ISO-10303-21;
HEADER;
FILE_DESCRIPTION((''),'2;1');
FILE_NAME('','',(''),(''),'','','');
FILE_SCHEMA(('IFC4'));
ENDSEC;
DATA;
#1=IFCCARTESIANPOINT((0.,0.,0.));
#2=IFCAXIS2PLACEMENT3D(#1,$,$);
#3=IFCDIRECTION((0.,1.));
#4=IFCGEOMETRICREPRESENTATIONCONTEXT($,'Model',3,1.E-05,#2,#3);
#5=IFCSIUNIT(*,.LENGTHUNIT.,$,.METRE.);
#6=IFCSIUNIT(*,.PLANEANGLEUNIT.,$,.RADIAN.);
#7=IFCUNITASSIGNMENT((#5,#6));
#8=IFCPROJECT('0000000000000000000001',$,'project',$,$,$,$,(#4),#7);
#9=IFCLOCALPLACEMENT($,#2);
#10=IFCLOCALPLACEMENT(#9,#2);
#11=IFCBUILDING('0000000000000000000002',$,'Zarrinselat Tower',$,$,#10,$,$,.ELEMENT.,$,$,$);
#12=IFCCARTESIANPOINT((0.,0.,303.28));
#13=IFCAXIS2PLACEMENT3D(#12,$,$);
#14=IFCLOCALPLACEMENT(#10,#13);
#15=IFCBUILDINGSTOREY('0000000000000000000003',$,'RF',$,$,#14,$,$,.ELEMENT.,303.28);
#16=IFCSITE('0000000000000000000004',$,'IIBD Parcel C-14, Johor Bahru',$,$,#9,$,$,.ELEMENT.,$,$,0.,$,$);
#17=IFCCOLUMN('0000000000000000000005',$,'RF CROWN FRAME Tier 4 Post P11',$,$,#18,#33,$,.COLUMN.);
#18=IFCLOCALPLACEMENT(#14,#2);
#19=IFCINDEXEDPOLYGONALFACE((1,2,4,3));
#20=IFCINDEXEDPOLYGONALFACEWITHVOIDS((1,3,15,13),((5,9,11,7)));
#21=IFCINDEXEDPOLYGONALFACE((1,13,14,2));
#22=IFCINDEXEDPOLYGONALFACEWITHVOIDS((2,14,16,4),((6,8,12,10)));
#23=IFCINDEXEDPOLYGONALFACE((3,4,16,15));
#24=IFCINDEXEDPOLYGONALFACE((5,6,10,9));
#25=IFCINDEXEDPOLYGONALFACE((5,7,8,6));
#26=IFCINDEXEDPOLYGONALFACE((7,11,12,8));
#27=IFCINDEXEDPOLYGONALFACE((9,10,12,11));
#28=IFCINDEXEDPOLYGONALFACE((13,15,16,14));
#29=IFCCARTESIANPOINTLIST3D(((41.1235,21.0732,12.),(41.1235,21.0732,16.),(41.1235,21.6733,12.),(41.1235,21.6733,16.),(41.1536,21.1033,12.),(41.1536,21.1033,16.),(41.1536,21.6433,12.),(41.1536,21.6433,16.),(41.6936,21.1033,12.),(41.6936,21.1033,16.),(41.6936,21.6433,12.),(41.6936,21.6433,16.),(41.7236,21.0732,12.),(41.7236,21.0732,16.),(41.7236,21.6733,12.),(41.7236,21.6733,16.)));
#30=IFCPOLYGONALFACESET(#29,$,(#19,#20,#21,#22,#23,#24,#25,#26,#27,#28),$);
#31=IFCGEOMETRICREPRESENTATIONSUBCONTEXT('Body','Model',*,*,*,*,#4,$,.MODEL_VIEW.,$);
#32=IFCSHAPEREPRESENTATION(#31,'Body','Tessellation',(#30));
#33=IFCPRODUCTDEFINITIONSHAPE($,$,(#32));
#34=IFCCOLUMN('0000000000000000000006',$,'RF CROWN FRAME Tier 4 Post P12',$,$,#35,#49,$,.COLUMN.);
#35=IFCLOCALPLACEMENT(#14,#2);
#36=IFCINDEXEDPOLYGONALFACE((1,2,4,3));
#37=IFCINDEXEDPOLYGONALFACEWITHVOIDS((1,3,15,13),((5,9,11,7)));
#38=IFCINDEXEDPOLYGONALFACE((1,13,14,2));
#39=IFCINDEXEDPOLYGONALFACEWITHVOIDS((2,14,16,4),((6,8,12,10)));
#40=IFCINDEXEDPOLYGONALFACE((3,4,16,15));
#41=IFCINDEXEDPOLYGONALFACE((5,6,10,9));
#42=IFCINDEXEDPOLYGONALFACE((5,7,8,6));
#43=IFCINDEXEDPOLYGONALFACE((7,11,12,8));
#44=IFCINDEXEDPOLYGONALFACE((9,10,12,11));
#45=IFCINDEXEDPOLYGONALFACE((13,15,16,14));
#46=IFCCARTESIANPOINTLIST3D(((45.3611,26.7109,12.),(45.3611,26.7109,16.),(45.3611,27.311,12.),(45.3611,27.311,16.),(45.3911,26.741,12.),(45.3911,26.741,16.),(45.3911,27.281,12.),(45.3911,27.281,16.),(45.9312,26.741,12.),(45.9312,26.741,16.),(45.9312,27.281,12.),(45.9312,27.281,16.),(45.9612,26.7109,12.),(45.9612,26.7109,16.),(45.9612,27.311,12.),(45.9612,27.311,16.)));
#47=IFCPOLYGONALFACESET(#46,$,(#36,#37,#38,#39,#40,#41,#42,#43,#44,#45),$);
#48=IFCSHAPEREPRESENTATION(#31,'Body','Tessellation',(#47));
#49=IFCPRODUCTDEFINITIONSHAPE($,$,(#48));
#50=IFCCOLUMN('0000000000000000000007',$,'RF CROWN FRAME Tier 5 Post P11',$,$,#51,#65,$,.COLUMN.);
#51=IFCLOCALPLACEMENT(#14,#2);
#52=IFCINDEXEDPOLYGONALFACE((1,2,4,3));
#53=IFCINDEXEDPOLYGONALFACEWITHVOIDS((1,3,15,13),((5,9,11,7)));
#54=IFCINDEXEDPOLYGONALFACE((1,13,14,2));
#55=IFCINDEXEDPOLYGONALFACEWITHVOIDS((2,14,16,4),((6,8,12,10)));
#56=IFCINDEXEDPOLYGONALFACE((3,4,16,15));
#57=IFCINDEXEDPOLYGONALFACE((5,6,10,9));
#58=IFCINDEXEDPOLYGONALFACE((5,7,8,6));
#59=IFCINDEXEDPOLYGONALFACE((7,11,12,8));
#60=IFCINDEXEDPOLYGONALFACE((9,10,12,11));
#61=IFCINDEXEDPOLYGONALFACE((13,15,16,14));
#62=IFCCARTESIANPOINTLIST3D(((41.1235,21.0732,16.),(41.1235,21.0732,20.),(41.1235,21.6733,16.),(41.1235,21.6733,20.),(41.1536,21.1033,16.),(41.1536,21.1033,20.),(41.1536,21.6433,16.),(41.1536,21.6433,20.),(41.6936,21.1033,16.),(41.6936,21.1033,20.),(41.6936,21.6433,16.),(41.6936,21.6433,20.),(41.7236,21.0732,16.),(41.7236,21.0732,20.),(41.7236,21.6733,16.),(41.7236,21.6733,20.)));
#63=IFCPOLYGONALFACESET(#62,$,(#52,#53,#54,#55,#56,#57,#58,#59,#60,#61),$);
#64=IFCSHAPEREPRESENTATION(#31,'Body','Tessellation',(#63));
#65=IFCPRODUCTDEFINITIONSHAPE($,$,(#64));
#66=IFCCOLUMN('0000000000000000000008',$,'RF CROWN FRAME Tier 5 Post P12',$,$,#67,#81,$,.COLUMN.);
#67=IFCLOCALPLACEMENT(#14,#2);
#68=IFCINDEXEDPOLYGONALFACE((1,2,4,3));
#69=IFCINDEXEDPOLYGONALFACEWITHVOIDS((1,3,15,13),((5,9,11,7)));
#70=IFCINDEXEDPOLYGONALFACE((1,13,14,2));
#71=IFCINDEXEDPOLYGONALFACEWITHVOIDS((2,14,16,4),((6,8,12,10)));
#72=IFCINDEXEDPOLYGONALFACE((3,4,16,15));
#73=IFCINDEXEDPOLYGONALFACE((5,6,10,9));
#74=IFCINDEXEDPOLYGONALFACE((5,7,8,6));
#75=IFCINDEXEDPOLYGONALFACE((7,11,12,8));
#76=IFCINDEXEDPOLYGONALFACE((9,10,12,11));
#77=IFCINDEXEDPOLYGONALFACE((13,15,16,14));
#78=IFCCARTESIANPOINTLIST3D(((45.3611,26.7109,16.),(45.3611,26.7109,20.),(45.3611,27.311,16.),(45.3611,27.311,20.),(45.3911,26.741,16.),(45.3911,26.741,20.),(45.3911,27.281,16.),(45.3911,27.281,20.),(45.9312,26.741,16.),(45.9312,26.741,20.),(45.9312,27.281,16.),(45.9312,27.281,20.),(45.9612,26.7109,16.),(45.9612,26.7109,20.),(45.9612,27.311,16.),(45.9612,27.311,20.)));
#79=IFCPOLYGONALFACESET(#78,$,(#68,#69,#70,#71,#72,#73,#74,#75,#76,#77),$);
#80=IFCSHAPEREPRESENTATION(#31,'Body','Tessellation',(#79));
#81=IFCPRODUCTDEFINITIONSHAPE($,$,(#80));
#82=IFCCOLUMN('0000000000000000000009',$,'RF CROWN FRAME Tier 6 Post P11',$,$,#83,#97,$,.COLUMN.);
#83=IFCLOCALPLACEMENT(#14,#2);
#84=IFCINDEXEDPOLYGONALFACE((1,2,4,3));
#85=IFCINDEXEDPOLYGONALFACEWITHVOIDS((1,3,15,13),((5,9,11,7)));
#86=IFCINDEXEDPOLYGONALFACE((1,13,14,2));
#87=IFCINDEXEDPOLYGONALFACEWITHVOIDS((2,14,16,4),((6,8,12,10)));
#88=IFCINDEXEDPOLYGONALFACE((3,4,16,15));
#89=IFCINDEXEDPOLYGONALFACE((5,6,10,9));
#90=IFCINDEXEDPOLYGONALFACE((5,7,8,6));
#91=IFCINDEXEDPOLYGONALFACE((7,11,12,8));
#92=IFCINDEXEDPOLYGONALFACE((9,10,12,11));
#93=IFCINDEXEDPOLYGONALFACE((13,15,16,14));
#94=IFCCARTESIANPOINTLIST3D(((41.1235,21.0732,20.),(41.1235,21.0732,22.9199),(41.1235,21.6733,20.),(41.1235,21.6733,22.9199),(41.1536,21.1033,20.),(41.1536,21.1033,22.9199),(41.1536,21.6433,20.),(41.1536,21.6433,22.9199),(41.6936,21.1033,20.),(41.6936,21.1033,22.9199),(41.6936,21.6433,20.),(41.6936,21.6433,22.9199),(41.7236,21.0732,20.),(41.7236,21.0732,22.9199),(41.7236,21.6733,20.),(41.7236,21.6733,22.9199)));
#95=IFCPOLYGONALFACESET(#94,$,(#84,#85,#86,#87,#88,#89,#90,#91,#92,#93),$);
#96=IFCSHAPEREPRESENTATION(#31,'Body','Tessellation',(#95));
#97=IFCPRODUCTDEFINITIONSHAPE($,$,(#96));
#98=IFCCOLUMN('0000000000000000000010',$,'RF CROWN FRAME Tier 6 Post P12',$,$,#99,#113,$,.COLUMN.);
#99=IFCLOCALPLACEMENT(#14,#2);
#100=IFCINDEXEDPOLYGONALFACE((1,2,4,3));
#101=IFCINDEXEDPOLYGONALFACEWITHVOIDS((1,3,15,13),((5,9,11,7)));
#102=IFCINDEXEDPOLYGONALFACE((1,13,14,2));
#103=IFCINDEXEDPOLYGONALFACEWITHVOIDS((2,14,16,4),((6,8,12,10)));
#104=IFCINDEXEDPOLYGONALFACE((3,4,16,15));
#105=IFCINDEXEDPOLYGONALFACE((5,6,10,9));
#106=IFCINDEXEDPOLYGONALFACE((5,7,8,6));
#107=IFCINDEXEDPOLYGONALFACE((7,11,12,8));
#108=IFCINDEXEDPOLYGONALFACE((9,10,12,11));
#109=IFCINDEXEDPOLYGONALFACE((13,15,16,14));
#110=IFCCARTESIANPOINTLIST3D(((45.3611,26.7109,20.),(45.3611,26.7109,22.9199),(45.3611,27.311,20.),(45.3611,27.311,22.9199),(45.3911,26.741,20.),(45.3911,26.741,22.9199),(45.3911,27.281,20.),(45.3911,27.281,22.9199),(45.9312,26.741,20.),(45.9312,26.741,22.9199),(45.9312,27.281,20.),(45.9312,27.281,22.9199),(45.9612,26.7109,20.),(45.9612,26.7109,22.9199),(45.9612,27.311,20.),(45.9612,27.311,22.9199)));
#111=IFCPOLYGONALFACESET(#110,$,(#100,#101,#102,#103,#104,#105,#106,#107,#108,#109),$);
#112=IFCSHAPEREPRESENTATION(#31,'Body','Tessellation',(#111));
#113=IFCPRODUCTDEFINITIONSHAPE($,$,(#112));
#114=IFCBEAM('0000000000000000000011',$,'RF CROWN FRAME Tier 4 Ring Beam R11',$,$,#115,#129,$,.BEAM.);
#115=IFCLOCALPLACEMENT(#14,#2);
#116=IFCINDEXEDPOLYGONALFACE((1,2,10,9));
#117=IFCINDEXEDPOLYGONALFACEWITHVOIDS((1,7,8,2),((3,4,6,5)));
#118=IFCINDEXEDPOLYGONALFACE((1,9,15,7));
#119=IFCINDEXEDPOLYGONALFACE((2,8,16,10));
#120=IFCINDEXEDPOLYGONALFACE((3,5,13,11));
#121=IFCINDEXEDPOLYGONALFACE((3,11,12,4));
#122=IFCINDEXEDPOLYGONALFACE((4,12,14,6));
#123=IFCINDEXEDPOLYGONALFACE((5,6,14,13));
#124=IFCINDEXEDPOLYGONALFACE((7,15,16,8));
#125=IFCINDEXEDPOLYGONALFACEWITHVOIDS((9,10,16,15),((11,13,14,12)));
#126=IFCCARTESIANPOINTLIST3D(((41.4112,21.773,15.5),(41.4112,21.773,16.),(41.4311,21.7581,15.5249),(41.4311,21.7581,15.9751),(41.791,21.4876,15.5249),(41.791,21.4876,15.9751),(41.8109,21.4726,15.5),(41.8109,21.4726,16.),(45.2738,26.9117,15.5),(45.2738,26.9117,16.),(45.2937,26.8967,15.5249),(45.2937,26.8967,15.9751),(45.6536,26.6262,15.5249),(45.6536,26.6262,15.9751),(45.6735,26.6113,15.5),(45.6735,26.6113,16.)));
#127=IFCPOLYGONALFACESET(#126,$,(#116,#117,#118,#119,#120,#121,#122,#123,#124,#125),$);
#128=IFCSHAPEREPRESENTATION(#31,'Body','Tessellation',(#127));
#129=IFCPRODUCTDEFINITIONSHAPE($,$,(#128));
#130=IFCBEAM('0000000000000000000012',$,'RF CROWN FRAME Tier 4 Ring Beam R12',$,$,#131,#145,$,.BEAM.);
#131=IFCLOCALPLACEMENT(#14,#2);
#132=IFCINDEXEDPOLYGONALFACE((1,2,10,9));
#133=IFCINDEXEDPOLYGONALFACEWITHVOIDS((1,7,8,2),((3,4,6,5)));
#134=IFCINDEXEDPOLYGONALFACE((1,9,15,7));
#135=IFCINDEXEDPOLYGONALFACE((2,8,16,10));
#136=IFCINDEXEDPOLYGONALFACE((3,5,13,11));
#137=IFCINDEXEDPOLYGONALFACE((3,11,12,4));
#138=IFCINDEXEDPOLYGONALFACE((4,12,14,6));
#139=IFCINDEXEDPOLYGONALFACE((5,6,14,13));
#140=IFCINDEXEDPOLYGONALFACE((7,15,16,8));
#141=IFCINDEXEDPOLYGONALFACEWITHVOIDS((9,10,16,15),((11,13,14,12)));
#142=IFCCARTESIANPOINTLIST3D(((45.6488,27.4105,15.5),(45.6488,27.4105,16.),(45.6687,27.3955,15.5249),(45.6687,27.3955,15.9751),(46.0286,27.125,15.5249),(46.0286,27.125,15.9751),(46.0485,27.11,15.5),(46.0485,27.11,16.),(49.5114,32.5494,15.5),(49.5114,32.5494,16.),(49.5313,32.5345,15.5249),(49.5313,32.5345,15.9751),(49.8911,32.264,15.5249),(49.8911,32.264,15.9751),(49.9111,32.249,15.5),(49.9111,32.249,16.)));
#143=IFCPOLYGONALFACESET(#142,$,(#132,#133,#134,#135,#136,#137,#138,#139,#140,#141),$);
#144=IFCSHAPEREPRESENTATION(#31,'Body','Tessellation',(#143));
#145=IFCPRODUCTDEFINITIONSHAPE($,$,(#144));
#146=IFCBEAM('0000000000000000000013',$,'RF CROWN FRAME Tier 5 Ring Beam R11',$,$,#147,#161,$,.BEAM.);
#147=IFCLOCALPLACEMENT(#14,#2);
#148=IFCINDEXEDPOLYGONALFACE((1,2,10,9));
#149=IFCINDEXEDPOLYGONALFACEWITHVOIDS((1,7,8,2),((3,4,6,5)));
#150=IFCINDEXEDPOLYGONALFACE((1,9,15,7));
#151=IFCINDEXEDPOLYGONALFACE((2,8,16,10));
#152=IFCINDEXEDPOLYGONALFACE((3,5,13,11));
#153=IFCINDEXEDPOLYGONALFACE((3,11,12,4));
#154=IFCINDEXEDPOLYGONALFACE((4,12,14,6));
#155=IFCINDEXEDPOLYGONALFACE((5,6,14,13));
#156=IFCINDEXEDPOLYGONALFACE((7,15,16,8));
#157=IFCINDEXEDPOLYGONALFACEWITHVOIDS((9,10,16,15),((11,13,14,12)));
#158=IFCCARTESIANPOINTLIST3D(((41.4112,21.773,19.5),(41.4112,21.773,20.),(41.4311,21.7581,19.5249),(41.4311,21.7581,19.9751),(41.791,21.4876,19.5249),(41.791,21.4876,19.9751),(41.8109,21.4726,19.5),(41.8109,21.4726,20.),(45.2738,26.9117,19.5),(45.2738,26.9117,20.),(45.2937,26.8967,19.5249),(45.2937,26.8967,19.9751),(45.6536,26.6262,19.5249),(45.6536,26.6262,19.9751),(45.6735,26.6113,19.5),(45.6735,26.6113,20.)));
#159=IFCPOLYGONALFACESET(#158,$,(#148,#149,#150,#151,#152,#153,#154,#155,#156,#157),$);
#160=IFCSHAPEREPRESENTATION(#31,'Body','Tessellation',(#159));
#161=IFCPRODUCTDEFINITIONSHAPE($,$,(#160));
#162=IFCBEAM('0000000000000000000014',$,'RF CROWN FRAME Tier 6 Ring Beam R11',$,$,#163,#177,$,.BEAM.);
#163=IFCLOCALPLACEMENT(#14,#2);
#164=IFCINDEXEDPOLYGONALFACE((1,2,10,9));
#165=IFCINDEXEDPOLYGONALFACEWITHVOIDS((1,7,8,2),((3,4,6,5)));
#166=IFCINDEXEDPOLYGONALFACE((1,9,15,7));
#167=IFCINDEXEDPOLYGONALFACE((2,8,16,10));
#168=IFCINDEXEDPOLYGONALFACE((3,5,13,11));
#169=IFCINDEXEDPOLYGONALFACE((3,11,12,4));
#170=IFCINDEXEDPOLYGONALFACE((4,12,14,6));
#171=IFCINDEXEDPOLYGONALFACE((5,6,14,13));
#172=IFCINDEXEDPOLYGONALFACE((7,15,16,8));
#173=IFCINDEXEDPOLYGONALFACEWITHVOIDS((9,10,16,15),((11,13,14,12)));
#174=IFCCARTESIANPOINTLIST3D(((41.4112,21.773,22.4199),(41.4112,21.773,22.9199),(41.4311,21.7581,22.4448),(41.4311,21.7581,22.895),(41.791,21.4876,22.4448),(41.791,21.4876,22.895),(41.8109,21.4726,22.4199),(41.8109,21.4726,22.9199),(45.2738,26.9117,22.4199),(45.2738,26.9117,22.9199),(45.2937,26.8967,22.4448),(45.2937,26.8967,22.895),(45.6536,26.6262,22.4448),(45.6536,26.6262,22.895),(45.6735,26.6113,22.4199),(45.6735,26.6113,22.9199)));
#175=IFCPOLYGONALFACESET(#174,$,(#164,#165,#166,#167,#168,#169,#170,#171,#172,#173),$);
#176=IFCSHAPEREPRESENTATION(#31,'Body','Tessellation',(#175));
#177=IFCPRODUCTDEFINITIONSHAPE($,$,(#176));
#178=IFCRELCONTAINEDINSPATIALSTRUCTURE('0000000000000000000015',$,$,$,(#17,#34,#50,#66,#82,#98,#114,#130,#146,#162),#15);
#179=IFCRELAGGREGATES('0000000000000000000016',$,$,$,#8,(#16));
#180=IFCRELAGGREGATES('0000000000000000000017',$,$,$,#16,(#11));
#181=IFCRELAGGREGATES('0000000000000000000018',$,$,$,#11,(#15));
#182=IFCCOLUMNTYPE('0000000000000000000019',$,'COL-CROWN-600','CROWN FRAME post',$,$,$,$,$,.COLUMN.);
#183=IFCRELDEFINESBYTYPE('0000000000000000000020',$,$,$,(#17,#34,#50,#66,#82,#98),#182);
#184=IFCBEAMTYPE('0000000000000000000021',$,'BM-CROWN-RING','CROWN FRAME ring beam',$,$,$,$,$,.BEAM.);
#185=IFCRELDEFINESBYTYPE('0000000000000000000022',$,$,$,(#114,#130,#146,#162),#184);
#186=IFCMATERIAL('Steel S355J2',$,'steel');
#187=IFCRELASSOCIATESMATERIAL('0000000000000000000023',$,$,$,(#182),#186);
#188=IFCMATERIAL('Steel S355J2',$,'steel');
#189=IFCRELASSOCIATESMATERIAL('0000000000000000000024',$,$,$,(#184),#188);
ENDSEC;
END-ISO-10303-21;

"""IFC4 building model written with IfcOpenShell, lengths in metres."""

from ifc_helpers import new_model, si_unit, direction, frame, origin, origin_2d, place, context, subcontext, project, spatial, hollow_rectangle, extrude, material, material_profile, profile_set, type_object, element, save


model = new_model("IFC4")

# Units and contexts
model_context = context("Model", 3, precision=1e-05, world=origin(), true_north=direction((0.0, 1.0)))
body_context = subcontext(model_context, "Body", "Model", "MODEL_VIEW")
ifc_project = project(units=[si_unit("LENGTHUNIT", "METRE"), si_unit("PLANEANGLEUNIT", "RADIAN")], contexts=[model_context])

# Site, building, storey
site_placement = place(None, origin())
site = spatial("IfcSite", under=ifc_project, at=site_placement, Name="IIBD Parcel C-14, Johor Bahru", CompositionType="ELEMENT", RefElevation=0.0)
building_placement = place(site_placement, origin())
building = spatial("IfcBuilding", under=site, at=building_placement, Name="Zarrinselat Tower", CompositionType="ELEMENT")
storey_placement = place(building_placement, frame((0.0, 0.0, 303.28)))
storey = spatial("IfcBuildingStorey", under=building, at=storey_placement, Name="RF", CompositionType="ELEMENT", Elevation=303.28)

# Columns
ifc_material_1 = material(Name="Steel S355J2", Category="steel")
ifc_material_profile_1 = material_profile(ifc_material_1, hollow_rectangle(XDim=0.6001, YDim=0.6001, WallThickness=0.03, at=origin_2d()), Name="SHS 600x600x30")
ifc_profile_set_1 = profile_set([ifc_material_profile_1], Name="Steel S355J2")
column_type = type_object("IfcColumnType", Name="COL-CROWN-600", Description="CROWN FRAME post", PredefinedType="COLUMN", material=ifc_profile_set_1)
for number, where, z_axis, x_axis, name in (
    (1, (41.4236, 21.3733, 12.0), (0.0, 0.0, 1.0), (1.0, 0.0, 0.0), "RF CROWN FRAME Tier 4 Post P11"),
    (2, (45.6611, 27.011, 12.0), (0.0, 0.0, 1.0), (1.0, 0.0, 0.0), "RF CROWN FRAME Tier 4 Post P12"),
    (3, (41.4236, 21.3733, 16.0), (0.0, 0.0, 1.0), (1.0, 0.0, 0.0), "RF CROWN FRAME Tier 5 Post P11"),
    (4, (45.6611, 27.011, 16.0), (0.0, 0.0, 1.0), (1.0, 0.0, 0.0), "RF CROWN FRAME Tier 5 Post P12"),
):
    element("IfcColumn", number, at=place(storey_placement, frame(where, z_axis=z_axis, x_axis=x_axis)), inside=storey, type_object=column_type, Name=name, PredefinedType="COLUMN", context=body_context, shape_type="SweptSolid", body=[
        extrude(hollow_rectangle(XDim=0.6001, YDim=0.6001, WallThickness=0.03, at=origin_2d()), origin(), (0.0, 0.0, 1.0), 4.0),
    ])
for number, where, z_axis, x_axis, name in (
    (5, (41.4236, 21.3733, 20.0), (0.0, 0.0, 1.0), (1.0, 0.0, 0.0), "RF CROWN FRAME Tier 6 Post P11"),
    (6, (45.6611, 27.011, 20.0), (0.0, 0.0, 1.0), (1.0, 0.0, 0.0), "RF CROWN FRAME Tier 6 Post P12"),
):
    element("IfcColumn", number, at=place(storey_placement, frame(where, z_axis=z_axis, x_axis=x_axis)), inside=storey, type_object=column_type, Name=name, PredefinedType="COLUMN", context=body_context, shape_type="SweptSolid", body=[
        extrude(hollow_rectangle(XDim=0.6001, YDim=0.6001, WallThickness=0.03, at=origin_2d()), origin(), (0.0, 0.0, 1.0), 2.9199),
    ])

# Beams
ifc_material_2 = material(Name="Steel S355J2", Category="steel")
ifc_material_profile_2 = material_profile(ifc_material_2, hollow_rectangle(XDim=0.5, YDim=0.5, WallThickness=0.0249, at=origin_2d()), Name="SHS 500x500x25")
ifc_profile_set_2 = profile_set([ifc_material_profile_2], Name="Steel S355J2")
beam_type = type_object("IfcBeamType", Name="BM-CROWN-RING", Description="CROWN FRAME ring beam", PredefinedType="BEAM", material=ifc_profile_set_2)
beam_1_placement = place(storey_placement, frame((41.6111, 21.6228, 15.75), z_axis=(0.60085, 0.799362, 0.0), x_axis=(-0.799362, 0.60085, 0.0)))
element("IfcBeam", 7, at=beam_1_placement, inside=storey, type_object=beam_type, Name="RF CROWN FRAME Tier 4 Ring Beam R11", PredefinedType="BEAM", context=body_context, shape_type="SweptSolid", body=[
    extrude(hollow_rectangle(XDim=0.5, YDim=0.5, WallThickness=0.0249, at=origin_2d()), origin(), (0.0, 0.0, 1.0), 6.4285),
])
beam_2_placement = place(storey_placement, frame((45.8486, 27.2603, 15.75), z_axis=(0.600832, 0.799375, 0.0), x_axis=(-0.799375, 0.600832, 0.0)))
element("IfcBeam", 8, at=beam_2_placement, inside=storey, type_object=beam_type, Name="RF CROWN FRAME Tier 4 Ring Beam R12", PredefinedType="BEAM", context=body_context, shape_type="SweptSolid", body=[
    extrude(hollow_rectangle(XDim=0.5, YDim=0.5, WallThickness=0.0249, at=origin_2d()), origin(), (0.0, 0.0, 1.0), 6.4287),
])
for number, where, z_axis, x_axis, name in (
    (9, (41.6111, 21.6228, 19.75), (0.60085, 0.799362, 0.0), (-0.799362, 0.60085, 0.0), "RF CROWN FRAME Tier 5 Ring Beam R11"),
    (10, (41.6111, 21.6228, 22.6699), (0.60085, 0.799362, 0.0), (-0.799362, 0.60085, 0.0), "RF CROWN FRAME Tier 6 Ring Beam R11"),
):
    element("IfcBeam", number, at=place(storey_placement, frame(where, z_axis=z_axis, x_axis=x_axis)), inside=storey, type_object=beam_type, Name=name, PredefinedType="BEAM", context=body_context, shape_type="SweptSolid", body=[
        extrude(hollow_rectangle(XDim=0.5, YDim=0.5, WallThickness=0.0249, at=origin_2d()), origin(), (0.0, 0.0, 1.0), 6.4285),
    ])

save(model, "model.ifc")
